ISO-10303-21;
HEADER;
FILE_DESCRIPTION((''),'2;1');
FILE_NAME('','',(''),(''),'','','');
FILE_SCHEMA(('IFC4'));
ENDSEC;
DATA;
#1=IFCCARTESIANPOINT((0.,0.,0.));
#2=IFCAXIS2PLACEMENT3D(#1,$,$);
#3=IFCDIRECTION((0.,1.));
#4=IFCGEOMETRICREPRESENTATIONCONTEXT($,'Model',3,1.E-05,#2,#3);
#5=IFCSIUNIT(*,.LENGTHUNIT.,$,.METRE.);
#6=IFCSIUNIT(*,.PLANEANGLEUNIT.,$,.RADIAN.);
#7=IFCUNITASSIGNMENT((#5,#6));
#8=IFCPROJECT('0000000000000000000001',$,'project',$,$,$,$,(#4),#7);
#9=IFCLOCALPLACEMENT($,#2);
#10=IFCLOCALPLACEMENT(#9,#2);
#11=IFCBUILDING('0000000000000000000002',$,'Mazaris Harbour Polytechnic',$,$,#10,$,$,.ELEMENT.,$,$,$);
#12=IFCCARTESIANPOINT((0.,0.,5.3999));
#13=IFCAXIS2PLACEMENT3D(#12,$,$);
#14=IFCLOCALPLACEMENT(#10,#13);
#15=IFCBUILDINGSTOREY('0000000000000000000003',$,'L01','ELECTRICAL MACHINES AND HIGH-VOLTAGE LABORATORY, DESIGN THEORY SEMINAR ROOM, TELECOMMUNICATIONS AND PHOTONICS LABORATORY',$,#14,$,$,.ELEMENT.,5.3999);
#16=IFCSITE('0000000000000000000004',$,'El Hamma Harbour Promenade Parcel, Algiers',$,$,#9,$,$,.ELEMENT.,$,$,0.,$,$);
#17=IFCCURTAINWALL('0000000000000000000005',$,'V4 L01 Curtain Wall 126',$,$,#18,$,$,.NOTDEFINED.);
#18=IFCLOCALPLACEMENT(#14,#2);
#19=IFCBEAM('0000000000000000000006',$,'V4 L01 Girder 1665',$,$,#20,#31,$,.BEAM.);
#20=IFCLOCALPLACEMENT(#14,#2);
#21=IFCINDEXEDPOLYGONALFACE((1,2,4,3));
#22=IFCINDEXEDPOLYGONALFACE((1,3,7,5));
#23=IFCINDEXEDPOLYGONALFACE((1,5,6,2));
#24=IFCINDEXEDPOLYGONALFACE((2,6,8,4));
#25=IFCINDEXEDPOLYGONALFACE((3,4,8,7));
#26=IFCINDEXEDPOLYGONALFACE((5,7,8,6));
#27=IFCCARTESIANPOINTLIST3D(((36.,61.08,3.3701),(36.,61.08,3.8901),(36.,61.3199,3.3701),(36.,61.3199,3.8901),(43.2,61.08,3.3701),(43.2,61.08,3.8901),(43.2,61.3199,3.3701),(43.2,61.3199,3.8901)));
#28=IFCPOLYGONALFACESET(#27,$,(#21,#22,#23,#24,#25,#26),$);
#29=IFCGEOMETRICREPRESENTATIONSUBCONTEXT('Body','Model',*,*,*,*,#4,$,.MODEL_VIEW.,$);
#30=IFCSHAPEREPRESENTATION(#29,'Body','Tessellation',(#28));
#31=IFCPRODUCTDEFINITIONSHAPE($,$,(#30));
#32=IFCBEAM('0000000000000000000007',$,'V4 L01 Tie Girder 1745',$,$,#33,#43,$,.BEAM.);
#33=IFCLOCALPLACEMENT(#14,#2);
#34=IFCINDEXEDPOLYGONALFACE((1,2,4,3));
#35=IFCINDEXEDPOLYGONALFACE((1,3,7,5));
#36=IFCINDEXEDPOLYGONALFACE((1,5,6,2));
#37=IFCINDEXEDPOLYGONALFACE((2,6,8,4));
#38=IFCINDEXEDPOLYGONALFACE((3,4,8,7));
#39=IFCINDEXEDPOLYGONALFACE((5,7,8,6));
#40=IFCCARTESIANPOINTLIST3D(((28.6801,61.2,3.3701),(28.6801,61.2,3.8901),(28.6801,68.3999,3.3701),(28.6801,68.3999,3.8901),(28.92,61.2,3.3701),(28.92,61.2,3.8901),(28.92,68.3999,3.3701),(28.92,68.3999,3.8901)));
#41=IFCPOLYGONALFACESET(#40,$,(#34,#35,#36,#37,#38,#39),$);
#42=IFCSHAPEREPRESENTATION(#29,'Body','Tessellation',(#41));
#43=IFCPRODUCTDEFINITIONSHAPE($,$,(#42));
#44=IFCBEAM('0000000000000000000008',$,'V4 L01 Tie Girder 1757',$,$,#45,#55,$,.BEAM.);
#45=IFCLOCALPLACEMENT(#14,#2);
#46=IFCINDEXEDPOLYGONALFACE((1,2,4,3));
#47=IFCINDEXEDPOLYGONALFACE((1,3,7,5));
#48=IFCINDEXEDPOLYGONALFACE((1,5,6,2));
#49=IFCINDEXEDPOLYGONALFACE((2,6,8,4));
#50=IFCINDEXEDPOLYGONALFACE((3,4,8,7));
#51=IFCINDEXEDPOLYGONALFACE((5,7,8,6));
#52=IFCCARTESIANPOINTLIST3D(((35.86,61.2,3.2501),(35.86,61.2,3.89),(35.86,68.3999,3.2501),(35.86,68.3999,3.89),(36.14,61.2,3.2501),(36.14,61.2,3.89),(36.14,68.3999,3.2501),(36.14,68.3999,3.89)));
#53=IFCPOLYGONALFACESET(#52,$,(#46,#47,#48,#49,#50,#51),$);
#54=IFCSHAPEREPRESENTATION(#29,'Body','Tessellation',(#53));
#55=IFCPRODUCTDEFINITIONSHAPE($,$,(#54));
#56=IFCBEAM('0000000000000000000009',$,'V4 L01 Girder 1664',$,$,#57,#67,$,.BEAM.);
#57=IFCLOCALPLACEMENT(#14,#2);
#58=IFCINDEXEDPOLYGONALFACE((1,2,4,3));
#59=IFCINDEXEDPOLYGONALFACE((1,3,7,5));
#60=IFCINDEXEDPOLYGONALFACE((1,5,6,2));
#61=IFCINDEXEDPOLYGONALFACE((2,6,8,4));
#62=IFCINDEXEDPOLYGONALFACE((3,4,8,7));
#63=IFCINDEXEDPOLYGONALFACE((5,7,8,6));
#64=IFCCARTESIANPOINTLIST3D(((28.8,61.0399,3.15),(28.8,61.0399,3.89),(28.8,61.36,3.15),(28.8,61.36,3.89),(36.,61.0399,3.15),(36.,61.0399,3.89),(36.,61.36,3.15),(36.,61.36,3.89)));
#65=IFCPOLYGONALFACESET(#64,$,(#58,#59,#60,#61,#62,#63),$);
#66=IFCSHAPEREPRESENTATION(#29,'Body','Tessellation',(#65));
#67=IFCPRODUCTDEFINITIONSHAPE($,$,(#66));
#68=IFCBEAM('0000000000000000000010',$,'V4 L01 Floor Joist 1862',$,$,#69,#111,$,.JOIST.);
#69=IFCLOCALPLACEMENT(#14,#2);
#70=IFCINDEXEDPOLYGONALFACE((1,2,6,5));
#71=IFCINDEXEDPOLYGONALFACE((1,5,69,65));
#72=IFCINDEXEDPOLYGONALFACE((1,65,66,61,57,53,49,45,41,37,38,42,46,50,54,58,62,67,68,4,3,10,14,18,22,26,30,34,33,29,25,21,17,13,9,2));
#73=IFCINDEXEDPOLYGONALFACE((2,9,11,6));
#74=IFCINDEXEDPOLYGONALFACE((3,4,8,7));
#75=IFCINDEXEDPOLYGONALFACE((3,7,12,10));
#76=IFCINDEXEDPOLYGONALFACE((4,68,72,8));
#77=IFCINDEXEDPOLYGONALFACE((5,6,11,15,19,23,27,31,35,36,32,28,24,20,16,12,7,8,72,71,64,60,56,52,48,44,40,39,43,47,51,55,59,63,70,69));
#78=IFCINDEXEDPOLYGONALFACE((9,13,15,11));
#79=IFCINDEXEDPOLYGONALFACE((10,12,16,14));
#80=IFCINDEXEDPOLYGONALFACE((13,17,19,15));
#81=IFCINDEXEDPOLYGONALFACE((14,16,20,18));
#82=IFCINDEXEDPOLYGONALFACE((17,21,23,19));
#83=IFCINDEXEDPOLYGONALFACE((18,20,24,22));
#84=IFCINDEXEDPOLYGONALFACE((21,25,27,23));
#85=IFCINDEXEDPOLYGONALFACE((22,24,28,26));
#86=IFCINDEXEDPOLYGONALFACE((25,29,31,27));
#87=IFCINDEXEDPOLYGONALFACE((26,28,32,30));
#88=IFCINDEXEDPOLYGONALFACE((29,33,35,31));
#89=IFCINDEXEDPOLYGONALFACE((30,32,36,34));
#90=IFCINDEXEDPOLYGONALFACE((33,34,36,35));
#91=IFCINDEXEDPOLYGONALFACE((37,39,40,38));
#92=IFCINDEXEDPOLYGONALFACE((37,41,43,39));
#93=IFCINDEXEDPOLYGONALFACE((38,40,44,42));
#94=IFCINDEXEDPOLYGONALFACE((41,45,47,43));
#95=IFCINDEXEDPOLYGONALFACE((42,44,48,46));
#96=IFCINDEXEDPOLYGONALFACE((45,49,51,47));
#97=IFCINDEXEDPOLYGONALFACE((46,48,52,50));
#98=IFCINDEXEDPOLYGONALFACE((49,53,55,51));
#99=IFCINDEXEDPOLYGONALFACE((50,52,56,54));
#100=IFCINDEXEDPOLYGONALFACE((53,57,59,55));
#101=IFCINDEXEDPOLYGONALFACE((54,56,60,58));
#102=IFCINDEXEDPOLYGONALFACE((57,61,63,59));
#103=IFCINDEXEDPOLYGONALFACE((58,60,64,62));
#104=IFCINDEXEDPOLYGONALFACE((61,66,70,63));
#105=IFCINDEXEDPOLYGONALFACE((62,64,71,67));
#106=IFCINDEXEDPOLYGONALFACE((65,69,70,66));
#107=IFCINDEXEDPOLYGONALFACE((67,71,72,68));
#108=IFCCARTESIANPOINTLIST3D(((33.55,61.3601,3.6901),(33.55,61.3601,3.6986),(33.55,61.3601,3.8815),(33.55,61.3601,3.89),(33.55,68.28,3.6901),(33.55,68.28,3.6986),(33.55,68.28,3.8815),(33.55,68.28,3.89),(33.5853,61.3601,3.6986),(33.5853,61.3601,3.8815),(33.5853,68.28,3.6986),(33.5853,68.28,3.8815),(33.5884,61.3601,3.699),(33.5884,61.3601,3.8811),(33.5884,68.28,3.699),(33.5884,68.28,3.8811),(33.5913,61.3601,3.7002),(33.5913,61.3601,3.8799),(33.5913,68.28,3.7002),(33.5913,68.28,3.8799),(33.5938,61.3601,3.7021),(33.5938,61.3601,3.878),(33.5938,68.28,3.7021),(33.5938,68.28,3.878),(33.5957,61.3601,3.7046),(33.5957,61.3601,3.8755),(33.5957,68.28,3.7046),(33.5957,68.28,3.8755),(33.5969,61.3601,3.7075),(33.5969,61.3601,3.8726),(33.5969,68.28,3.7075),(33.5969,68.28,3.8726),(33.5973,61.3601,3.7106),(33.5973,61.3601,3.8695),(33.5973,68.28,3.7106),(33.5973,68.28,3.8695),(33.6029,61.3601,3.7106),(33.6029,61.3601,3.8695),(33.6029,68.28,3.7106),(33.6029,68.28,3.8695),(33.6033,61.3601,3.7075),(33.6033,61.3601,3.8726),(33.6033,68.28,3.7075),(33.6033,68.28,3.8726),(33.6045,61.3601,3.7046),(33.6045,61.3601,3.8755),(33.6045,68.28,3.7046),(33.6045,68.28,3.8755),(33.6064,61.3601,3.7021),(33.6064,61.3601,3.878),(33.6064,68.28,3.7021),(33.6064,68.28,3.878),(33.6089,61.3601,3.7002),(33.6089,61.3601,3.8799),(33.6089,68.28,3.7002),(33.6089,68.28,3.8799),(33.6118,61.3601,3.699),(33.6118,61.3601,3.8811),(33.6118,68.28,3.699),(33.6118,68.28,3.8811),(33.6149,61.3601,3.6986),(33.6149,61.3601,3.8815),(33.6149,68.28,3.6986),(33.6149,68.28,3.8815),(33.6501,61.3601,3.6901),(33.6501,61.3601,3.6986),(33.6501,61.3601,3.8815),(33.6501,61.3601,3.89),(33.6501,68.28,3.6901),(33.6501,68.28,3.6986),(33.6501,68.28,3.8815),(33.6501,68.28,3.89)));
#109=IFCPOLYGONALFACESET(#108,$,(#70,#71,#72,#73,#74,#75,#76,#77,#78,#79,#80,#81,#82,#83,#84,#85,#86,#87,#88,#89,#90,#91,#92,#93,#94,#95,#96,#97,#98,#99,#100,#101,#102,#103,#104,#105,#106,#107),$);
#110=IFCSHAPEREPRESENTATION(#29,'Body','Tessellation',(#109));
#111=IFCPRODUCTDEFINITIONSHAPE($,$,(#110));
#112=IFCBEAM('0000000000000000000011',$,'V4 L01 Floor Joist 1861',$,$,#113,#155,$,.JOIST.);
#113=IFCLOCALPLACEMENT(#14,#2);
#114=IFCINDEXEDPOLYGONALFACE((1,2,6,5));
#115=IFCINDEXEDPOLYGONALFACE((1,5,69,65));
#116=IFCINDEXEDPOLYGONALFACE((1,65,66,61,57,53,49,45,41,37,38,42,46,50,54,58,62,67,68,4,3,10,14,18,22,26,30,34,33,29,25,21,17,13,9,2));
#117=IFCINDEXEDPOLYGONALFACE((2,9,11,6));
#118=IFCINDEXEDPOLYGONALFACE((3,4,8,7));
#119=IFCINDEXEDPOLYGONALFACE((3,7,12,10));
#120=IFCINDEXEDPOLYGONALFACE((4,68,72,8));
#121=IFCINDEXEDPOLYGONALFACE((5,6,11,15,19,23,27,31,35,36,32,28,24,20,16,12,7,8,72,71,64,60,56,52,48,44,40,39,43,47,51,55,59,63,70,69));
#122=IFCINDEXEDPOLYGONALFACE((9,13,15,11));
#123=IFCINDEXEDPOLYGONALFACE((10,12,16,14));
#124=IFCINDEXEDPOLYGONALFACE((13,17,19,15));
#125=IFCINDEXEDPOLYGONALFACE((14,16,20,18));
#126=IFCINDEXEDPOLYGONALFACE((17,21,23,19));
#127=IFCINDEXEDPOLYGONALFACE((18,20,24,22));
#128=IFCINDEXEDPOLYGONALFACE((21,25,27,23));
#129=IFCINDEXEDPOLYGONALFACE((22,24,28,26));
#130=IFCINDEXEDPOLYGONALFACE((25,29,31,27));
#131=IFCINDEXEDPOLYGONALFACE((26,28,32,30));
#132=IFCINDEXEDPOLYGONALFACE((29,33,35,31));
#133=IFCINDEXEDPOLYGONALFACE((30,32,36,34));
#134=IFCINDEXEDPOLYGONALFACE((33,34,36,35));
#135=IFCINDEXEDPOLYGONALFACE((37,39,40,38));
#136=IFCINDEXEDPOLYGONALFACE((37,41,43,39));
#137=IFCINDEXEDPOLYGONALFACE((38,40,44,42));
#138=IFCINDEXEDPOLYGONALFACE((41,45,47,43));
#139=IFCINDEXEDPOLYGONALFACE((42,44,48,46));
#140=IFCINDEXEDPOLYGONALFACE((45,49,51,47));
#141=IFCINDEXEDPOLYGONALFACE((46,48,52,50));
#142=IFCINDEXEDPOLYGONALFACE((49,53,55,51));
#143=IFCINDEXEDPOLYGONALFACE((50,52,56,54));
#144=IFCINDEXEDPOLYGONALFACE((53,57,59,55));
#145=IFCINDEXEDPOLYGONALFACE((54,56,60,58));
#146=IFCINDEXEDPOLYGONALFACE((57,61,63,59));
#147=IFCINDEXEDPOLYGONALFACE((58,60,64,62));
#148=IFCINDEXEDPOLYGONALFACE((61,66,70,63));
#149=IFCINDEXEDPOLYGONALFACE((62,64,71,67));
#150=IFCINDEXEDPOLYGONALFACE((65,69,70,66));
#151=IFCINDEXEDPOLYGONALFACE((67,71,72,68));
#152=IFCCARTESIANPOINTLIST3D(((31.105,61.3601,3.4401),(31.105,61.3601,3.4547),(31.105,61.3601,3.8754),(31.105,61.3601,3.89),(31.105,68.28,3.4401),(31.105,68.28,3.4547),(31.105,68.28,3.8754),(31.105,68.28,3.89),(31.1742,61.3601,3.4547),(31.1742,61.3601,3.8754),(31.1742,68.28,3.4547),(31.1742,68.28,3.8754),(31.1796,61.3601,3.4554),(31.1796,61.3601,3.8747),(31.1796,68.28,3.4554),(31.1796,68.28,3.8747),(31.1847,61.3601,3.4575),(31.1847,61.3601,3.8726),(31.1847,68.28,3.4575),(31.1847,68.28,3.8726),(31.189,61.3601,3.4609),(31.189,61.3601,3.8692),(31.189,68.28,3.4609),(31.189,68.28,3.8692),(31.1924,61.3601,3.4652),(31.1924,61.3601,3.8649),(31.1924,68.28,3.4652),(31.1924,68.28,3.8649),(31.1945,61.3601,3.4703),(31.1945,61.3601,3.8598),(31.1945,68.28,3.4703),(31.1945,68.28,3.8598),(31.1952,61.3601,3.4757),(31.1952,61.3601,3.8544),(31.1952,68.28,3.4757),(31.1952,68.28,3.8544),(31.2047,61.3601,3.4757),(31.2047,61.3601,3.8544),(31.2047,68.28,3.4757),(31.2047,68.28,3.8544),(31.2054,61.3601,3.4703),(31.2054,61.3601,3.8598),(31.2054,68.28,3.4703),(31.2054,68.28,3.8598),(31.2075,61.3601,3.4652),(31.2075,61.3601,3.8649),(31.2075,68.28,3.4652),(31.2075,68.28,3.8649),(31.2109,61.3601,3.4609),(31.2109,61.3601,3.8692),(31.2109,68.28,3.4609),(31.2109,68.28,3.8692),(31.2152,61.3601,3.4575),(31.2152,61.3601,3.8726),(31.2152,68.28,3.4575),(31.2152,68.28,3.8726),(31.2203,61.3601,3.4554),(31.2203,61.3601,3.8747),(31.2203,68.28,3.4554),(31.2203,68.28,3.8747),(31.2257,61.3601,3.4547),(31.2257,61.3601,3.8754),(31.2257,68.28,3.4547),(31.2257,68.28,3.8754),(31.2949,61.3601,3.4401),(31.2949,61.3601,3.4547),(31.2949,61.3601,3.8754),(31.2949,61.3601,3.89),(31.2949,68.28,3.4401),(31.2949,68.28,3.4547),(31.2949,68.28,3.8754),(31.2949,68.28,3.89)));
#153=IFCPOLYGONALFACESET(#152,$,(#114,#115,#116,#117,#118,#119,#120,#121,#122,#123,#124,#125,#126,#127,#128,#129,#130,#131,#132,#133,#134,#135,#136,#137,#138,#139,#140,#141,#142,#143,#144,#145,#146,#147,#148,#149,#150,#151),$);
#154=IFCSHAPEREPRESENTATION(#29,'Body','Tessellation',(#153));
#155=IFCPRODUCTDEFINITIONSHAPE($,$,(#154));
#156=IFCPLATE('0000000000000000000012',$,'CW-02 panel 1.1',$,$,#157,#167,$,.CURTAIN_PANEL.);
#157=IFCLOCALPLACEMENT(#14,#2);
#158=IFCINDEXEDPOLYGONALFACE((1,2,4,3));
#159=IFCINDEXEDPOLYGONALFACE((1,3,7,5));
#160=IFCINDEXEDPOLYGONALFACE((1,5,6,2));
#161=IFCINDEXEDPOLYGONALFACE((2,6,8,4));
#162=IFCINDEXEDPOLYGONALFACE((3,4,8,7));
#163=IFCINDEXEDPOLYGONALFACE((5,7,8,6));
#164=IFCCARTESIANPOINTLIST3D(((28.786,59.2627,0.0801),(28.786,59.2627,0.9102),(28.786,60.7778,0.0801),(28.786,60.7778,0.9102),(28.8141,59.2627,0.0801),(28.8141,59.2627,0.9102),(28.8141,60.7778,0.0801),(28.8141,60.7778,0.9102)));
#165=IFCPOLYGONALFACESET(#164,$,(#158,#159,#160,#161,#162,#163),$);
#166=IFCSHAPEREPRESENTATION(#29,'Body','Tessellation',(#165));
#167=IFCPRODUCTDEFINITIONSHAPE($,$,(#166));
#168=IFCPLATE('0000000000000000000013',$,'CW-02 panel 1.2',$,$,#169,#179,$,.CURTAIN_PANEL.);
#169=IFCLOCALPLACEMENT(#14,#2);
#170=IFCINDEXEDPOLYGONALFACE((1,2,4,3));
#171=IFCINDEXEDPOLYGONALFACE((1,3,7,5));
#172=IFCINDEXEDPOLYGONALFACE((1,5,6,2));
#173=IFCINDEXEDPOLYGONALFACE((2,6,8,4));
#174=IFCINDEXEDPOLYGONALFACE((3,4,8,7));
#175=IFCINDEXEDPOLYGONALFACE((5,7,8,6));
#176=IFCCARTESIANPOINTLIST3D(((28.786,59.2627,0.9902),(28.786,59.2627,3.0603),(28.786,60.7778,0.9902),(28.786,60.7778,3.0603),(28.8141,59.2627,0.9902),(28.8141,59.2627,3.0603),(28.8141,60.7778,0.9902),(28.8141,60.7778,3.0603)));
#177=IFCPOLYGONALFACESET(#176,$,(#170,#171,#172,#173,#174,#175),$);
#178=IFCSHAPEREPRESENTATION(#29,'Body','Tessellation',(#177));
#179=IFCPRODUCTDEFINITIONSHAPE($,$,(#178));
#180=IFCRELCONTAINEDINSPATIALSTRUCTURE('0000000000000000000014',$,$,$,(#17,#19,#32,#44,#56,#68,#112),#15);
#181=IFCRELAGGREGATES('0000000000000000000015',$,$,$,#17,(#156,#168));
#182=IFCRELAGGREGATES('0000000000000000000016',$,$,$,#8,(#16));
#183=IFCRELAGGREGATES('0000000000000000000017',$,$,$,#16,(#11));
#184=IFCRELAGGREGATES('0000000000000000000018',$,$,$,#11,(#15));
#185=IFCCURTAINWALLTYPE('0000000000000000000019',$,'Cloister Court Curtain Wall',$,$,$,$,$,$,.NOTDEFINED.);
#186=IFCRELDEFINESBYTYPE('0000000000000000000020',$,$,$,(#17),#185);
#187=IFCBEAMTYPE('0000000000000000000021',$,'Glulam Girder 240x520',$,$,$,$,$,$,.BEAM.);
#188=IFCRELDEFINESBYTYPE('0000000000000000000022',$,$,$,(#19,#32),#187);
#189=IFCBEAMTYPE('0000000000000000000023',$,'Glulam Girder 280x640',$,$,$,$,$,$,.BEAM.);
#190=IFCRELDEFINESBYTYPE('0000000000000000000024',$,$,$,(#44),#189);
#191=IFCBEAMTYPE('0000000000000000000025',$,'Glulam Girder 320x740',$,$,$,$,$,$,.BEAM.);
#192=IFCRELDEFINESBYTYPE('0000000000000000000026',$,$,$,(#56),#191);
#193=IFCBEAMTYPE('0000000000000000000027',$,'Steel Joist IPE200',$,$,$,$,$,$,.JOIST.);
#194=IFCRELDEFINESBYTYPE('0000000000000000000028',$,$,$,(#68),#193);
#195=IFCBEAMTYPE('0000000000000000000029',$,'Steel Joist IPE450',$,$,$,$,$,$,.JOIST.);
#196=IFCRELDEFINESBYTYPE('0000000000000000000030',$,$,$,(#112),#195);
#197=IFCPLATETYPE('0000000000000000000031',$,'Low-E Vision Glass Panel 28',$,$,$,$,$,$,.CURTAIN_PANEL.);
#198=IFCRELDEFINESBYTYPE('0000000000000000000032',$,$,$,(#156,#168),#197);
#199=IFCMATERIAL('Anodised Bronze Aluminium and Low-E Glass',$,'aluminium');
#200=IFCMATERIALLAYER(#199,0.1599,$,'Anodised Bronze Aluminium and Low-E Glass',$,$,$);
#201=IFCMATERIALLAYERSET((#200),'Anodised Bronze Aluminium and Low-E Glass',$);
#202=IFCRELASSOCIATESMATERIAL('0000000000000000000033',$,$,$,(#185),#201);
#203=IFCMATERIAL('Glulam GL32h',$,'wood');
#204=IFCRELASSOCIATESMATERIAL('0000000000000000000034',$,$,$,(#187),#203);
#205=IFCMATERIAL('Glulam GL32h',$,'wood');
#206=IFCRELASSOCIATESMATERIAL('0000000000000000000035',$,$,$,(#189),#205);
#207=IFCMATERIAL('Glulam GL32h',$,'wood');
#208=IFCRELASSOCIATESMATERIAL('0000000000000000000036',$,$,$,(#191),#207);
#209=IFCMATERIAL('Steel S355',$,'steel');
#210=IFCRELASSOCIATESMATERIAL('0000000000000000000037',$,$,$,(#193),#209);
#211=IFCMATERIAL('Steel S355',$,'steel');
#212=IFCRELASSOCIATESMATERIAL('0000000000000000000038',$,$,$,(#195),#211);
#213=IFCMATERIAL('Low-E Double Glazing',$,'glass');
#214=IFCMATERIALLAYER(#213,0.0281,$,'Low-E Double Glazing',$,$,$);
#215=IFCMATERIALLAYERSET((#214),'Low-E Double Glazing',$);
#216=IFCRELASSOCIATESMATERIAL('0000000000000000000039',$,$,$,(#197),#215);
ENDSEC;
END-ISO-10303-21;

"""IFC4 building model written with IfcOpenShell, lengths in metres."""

from ifc_helpers import new_model, si_unit, direction, frame, origin, origin_2d, place, context, subcontext, project, spatial, rectangle, i_section, extrude, material, layer, layer_set, material_profile, profile_set, type_object, element, aggregate, save


model = new_model("IFC4")

# Units and contexts
model_context = context("Model", 3, precision=1e-05, world=origin(), true_north=direction((0.0, 1.0)))
body_context = subcontext(model_context, "Body", "Model", "MODEL_VIEW")
ifc_project = project(units=[si_unit("LENGTHUNIT", "METRE"), si_unit("PLANEANGLEUNIT", "RADIAN")], contexts=[model_context])

# Site, building, storey
site_placement = place(None, origin())
site = spatial("IfcSite", under=ifc_project, at=site_placement, Name="El Hamma Harbour Promenade Parcel, Algiers", CompositionType="ELEMENT", RefElevation=0.0)
building_placement = place(site_placement, origin())
building = spatial("IfcBuilding", under=site, at=building_placement, Name="Mazaris Harbour Polytechnic", CompositionType="ELEMENT")
storey_placement = place(building_placement, frame((0.0, 0.0, 5.3999)))
storey = spatial("IfcBuildingStorey", under=building, at=storey_placement, Name="L01", Description="ELECTRICAL MACHINES AND HIGH-VOLTAGE LABORATORY, DESIGN THEORY SEMINAR ROOM, TELECOMMUNICATIONS AND PHOTONICS LABORATORY", CompositionType="ELEMENT", Elevation=5.3999)

# Curtain wall
ifc_material_1 = material(Name="Anodised Bronze Aluminium and Low-E Glass", Category="aluminium")
ifc_layer_1 = layer(ifc_material_1, 0.1599, Name="Anodised Bronze Aluminium and Low-E Glass")
ifc_layer_set_1 = layer_set([ifc_layer_1], Name="Anodised Bronze Aluminium and Low-E Glass")
curtain_wall_type = type_object("IfcCurtainWallType", Name="Cloister Court Curtain Wall", PredefinedType="NOTDEFINED", material=ifc_layer_set_1)
curtain_wall_1_placement = place(storey_placement, origin())
curtain_wall_1 = element("IfcCurtainWall", 1, at=curtain_wall_1_placement, inside=storey, type_object=curtain_wall_type, Name="V4 L01 Curtain Wall 126", PredefinedType="NOTDEFINED")

# Beams
ifc_material_2 = material(Name="Glulam GL32h", Category="wood")
ifc_material_profile_1 = material_profile(ifc_material_2, rectangle(XDim=0.24, YDim=0.52, at=origin_2d()), Name="RECT240x520")
ifc_profile_set_1 = profile_set([ifc_material_profile_1], Name="Glulam GL32h")
beam_type_1 = type_object("IfcBeamType", Name="Glulam Girder 240x520", PredefinedType="BEAM", material=ifc_profile_set_1)
for number, where, z_axis, x_axis, name in (
    (2, (36.0, 61.2, 3.6301), (1.0, 0.0, 0.0), (0.0, 1.0, 0.0), "V4 L01 Girder 1665"),
    (3, (28.8, 61.2, 3.6301), (0.0, 1.0, 0.0), (-1.0, 0.0, 0.0), "V4 L01 Tie Girder 1745"),
):
    element("IfcBeam", number, at=place(storey_placement, frame(where, z_axis=z_axis, x_axis=x_axis)), inside=storey, type_object=beam_type_1, Name=name, PredefinedType="BEAM", context=body_context, shape_type="SweptSolid", body=[
        extrude(rectangle(XDim=0.24, YDim=0.52, at=origin_2d()), origin(), (0.0, 0.0, 1.0), 7.2),
    ])
ifc_material_3 = material(Name="Glulam GL32h", Category="wood")
ifc_material_profile_2 = material_profile(ifc_material_3, rectangle(XDim=0.28, YDim=0.6399, at=origin_2d()), Name="RECT280x640")
ifc_profile_set_2 = profile_set([ifc_material_profile_2], Name="Glulam GL32h")
beam_type_2 = type_object("IfcBeamType", Name="Glulam Girder 280x640", PredefinedType="BEAM", material=ifc_profile_set_2)
beam_1_placement = place(storey_placement, frame((36.0, 61.2, 3.5701), z_axis=(0.0, 1.0, 0.0), x_axis=(-1.0, 0.0, 0.0)))
element("IfcBeam", 4, at=beam_1_placement, inside=storey, type_object=beam_type_2, Name="V4 L01 Tie Girder 1757", PredefinedType="BEAM", context=body_context, shape_type="SweptSolid", body=[
    extrude(rectangle(XDim=0.28, YDim=0.6399, at=origin_2d()), origin(), (0.0, 0.0, 1.0), 7.2),
])
ifc_material_4 = material(Name="Glulam GL32h", Category="wood")
ifc_material_profile_3 = material_profile(ifc_material_4, rectangle(XDim=0.3201, YDim=0.74, at=origin_2d()), Name="RECT320x740")
ifc_profile_set_3 = profile_set([ifc_material_profile_3], Name="Glulam GL32h")
beam_type_3 = type_object("IfcBeamType", Name="Glulam Girder 320x740", PredefinedType="BEAM", material=ifc_profile_set_3)
beam_2_placement = place(storey_placement, frame((28.8, 61.2, 3.52), z_axis=(1.0, 0.0, 0.0), x_axis=(0.0, 1.0, 0.0)))
element("IfcBeam", 5, at=beam_2_placement, inside=storey, type_object=beam_type_3, Name="V4 L01 Girder 1664", PredefinedType="BEAM", context=body_context, shape_type="SweptSolid", body=[
    extrude(rectangle(XDim=0.3201, YDim=0.74, at=origin_2d()), origin(), (0.0, 0.0, 1.0), 7.2),
])
ifc_material_5 = material(Name="Steel S355", Category="steel")
ifc_material_profile_4 = material_profile(ifc_material_5, i_section(OverallWidth=0.1001, OverallDepth=0.2, WebThickness=0.0056, FlangeThickness=0.0085, FilletRadius=0.012, at=origin_2d()), Name="IPE 200")
ifc_profile_set_4 = profile_set([ifc_material_profile_4], Name="Steel S355")
beam_type_4 = type_object("IfcBeamType", Name="Steel Joist IPE200", PredefinedType="JOIST", material=ifc_profile_set_4)
beam_3_placement = place(storey_placement, frame((33.6001, 61.3601, 3.79), z_axis=(0.0, 1.0, 0.0), x_axis=(-1.0, 0.0, 0.0)))
element("IfcBeam", 6, at=beam_3_placement, inside=storey, type_object=beam_type_4, Name="V4 L01 Floor Joist 1862", PredefinedType="JOIST", context=body_context, shape_type="SweptSolid", body=[
    extrude(i_section(OverallWidth=0.1001, OverallDepth=0.2, WebThickness=0.0056, FlangeThickness=0.0085, FilletRadius=0.012, at=origin_2d()), origin(), (0.0, 0.0, 1.0), 6.9199),
])
ifc_material_6 = material(Name="Steel S355", Category="steel")
ifc_material_profile_5 = material_profile(ifc_material_6, i_section(OverallWidth=0.1899, OverallDepth=0.45, WebThickness=0.0095, FlangeThickness=0.0146, FilletRadius=0.021, at=origin_2d()), Name="IPE 450")
ifc_profile_set_5 = profile_set([ifc_material_profile_5], Name="Steel S355")
beam_type_5 = type_object("IfcBeamType", Name="Steel Joist IPE450", PredefinedType="JOIST", material=ifc_profile_set_5)
beam_4_placement = place(storey_placement, frame((31.2, 61.3601, 3.665), z_axis=(0.0, 1.0, 0.0), x_axis=(-1.0, 0.0, 0.0)))
element("IfcBeam", 7, at=beam_4_placement, inside=storey, type_object=beam_type_5, Name="V4 L01 Floor Joist 1861", PredefinedType="JOIST", context=body_context, shape_type="SweptSolid", body=[
    extrude(i_section(OverallWidth=0.1899, OverallDepth=0.45, WebThickness=0.0095, FlangeThickness=0.0146, FilletRadius=0.021, at=origin_2d()), origin(), (0.0, 0.0, 1.0), 6.9199),
])

# Plates
ifc_material_7 = material(Name="Low-E Double Glazing", Category="glass")
ifc_layer_2 = layer(ifc_material_7, 0.0281, Name="Low-E Double Glazing")
ifc_layer_set_2 = layer_set([ifc_layer_2], Name="Low-E Double Glazing")
plate_type = type_object("IfcPlateType", Name="Low-E Vision Glass Panel 28", PredefinedType="CURTAIN_PANEL", material=ifc_layer_set_2)
plate_1_placement = place(storey_placement, frame((28.8, 60.0203, 0.0801), z_axis=(0.0, 0.0, 1.0), x_axis=(0.0, -1.0, 0.0)))
plate_1 = element("IfcPlate", 8, at=plate_1_placement, type_object=plate_type, Name="CW-02 panel 1.1", PredefinedType="CURTAIN_PANEL", context=body_context, shape_type="SweptSolid", body=[
    extrude(rectangle(XDim=1.5151, YDim=0.0281, at=origin_2d()), origin(), (0.0, 0.0, 1.0), 0.8301),
])
plate_2_placement = place(storey_placement, frame((28.8, 60.0203, 0.9902), z_axis=(0.0, 0.0, 1.0), x_axis=(0.0, -1.0, 0.0)))
plate_2 = element("IfcPlate", 9, at=plate_2_placement, type_object=plate_type, Name="CW-02 panel 1.2", PredefinedType="CURTAIN_PANEL", context=body_context, shape_type="SweptSolid", body=[
    extrude(rectangle(XDim=1.5151, YDim=0.0281, at=origin_2d()), origin(), (0.0, 0.0, 1.0), 2.0701),
])
aggregate(curtain_wall_1, [plate_1, plate_2])

save(model, "model.ifc")
